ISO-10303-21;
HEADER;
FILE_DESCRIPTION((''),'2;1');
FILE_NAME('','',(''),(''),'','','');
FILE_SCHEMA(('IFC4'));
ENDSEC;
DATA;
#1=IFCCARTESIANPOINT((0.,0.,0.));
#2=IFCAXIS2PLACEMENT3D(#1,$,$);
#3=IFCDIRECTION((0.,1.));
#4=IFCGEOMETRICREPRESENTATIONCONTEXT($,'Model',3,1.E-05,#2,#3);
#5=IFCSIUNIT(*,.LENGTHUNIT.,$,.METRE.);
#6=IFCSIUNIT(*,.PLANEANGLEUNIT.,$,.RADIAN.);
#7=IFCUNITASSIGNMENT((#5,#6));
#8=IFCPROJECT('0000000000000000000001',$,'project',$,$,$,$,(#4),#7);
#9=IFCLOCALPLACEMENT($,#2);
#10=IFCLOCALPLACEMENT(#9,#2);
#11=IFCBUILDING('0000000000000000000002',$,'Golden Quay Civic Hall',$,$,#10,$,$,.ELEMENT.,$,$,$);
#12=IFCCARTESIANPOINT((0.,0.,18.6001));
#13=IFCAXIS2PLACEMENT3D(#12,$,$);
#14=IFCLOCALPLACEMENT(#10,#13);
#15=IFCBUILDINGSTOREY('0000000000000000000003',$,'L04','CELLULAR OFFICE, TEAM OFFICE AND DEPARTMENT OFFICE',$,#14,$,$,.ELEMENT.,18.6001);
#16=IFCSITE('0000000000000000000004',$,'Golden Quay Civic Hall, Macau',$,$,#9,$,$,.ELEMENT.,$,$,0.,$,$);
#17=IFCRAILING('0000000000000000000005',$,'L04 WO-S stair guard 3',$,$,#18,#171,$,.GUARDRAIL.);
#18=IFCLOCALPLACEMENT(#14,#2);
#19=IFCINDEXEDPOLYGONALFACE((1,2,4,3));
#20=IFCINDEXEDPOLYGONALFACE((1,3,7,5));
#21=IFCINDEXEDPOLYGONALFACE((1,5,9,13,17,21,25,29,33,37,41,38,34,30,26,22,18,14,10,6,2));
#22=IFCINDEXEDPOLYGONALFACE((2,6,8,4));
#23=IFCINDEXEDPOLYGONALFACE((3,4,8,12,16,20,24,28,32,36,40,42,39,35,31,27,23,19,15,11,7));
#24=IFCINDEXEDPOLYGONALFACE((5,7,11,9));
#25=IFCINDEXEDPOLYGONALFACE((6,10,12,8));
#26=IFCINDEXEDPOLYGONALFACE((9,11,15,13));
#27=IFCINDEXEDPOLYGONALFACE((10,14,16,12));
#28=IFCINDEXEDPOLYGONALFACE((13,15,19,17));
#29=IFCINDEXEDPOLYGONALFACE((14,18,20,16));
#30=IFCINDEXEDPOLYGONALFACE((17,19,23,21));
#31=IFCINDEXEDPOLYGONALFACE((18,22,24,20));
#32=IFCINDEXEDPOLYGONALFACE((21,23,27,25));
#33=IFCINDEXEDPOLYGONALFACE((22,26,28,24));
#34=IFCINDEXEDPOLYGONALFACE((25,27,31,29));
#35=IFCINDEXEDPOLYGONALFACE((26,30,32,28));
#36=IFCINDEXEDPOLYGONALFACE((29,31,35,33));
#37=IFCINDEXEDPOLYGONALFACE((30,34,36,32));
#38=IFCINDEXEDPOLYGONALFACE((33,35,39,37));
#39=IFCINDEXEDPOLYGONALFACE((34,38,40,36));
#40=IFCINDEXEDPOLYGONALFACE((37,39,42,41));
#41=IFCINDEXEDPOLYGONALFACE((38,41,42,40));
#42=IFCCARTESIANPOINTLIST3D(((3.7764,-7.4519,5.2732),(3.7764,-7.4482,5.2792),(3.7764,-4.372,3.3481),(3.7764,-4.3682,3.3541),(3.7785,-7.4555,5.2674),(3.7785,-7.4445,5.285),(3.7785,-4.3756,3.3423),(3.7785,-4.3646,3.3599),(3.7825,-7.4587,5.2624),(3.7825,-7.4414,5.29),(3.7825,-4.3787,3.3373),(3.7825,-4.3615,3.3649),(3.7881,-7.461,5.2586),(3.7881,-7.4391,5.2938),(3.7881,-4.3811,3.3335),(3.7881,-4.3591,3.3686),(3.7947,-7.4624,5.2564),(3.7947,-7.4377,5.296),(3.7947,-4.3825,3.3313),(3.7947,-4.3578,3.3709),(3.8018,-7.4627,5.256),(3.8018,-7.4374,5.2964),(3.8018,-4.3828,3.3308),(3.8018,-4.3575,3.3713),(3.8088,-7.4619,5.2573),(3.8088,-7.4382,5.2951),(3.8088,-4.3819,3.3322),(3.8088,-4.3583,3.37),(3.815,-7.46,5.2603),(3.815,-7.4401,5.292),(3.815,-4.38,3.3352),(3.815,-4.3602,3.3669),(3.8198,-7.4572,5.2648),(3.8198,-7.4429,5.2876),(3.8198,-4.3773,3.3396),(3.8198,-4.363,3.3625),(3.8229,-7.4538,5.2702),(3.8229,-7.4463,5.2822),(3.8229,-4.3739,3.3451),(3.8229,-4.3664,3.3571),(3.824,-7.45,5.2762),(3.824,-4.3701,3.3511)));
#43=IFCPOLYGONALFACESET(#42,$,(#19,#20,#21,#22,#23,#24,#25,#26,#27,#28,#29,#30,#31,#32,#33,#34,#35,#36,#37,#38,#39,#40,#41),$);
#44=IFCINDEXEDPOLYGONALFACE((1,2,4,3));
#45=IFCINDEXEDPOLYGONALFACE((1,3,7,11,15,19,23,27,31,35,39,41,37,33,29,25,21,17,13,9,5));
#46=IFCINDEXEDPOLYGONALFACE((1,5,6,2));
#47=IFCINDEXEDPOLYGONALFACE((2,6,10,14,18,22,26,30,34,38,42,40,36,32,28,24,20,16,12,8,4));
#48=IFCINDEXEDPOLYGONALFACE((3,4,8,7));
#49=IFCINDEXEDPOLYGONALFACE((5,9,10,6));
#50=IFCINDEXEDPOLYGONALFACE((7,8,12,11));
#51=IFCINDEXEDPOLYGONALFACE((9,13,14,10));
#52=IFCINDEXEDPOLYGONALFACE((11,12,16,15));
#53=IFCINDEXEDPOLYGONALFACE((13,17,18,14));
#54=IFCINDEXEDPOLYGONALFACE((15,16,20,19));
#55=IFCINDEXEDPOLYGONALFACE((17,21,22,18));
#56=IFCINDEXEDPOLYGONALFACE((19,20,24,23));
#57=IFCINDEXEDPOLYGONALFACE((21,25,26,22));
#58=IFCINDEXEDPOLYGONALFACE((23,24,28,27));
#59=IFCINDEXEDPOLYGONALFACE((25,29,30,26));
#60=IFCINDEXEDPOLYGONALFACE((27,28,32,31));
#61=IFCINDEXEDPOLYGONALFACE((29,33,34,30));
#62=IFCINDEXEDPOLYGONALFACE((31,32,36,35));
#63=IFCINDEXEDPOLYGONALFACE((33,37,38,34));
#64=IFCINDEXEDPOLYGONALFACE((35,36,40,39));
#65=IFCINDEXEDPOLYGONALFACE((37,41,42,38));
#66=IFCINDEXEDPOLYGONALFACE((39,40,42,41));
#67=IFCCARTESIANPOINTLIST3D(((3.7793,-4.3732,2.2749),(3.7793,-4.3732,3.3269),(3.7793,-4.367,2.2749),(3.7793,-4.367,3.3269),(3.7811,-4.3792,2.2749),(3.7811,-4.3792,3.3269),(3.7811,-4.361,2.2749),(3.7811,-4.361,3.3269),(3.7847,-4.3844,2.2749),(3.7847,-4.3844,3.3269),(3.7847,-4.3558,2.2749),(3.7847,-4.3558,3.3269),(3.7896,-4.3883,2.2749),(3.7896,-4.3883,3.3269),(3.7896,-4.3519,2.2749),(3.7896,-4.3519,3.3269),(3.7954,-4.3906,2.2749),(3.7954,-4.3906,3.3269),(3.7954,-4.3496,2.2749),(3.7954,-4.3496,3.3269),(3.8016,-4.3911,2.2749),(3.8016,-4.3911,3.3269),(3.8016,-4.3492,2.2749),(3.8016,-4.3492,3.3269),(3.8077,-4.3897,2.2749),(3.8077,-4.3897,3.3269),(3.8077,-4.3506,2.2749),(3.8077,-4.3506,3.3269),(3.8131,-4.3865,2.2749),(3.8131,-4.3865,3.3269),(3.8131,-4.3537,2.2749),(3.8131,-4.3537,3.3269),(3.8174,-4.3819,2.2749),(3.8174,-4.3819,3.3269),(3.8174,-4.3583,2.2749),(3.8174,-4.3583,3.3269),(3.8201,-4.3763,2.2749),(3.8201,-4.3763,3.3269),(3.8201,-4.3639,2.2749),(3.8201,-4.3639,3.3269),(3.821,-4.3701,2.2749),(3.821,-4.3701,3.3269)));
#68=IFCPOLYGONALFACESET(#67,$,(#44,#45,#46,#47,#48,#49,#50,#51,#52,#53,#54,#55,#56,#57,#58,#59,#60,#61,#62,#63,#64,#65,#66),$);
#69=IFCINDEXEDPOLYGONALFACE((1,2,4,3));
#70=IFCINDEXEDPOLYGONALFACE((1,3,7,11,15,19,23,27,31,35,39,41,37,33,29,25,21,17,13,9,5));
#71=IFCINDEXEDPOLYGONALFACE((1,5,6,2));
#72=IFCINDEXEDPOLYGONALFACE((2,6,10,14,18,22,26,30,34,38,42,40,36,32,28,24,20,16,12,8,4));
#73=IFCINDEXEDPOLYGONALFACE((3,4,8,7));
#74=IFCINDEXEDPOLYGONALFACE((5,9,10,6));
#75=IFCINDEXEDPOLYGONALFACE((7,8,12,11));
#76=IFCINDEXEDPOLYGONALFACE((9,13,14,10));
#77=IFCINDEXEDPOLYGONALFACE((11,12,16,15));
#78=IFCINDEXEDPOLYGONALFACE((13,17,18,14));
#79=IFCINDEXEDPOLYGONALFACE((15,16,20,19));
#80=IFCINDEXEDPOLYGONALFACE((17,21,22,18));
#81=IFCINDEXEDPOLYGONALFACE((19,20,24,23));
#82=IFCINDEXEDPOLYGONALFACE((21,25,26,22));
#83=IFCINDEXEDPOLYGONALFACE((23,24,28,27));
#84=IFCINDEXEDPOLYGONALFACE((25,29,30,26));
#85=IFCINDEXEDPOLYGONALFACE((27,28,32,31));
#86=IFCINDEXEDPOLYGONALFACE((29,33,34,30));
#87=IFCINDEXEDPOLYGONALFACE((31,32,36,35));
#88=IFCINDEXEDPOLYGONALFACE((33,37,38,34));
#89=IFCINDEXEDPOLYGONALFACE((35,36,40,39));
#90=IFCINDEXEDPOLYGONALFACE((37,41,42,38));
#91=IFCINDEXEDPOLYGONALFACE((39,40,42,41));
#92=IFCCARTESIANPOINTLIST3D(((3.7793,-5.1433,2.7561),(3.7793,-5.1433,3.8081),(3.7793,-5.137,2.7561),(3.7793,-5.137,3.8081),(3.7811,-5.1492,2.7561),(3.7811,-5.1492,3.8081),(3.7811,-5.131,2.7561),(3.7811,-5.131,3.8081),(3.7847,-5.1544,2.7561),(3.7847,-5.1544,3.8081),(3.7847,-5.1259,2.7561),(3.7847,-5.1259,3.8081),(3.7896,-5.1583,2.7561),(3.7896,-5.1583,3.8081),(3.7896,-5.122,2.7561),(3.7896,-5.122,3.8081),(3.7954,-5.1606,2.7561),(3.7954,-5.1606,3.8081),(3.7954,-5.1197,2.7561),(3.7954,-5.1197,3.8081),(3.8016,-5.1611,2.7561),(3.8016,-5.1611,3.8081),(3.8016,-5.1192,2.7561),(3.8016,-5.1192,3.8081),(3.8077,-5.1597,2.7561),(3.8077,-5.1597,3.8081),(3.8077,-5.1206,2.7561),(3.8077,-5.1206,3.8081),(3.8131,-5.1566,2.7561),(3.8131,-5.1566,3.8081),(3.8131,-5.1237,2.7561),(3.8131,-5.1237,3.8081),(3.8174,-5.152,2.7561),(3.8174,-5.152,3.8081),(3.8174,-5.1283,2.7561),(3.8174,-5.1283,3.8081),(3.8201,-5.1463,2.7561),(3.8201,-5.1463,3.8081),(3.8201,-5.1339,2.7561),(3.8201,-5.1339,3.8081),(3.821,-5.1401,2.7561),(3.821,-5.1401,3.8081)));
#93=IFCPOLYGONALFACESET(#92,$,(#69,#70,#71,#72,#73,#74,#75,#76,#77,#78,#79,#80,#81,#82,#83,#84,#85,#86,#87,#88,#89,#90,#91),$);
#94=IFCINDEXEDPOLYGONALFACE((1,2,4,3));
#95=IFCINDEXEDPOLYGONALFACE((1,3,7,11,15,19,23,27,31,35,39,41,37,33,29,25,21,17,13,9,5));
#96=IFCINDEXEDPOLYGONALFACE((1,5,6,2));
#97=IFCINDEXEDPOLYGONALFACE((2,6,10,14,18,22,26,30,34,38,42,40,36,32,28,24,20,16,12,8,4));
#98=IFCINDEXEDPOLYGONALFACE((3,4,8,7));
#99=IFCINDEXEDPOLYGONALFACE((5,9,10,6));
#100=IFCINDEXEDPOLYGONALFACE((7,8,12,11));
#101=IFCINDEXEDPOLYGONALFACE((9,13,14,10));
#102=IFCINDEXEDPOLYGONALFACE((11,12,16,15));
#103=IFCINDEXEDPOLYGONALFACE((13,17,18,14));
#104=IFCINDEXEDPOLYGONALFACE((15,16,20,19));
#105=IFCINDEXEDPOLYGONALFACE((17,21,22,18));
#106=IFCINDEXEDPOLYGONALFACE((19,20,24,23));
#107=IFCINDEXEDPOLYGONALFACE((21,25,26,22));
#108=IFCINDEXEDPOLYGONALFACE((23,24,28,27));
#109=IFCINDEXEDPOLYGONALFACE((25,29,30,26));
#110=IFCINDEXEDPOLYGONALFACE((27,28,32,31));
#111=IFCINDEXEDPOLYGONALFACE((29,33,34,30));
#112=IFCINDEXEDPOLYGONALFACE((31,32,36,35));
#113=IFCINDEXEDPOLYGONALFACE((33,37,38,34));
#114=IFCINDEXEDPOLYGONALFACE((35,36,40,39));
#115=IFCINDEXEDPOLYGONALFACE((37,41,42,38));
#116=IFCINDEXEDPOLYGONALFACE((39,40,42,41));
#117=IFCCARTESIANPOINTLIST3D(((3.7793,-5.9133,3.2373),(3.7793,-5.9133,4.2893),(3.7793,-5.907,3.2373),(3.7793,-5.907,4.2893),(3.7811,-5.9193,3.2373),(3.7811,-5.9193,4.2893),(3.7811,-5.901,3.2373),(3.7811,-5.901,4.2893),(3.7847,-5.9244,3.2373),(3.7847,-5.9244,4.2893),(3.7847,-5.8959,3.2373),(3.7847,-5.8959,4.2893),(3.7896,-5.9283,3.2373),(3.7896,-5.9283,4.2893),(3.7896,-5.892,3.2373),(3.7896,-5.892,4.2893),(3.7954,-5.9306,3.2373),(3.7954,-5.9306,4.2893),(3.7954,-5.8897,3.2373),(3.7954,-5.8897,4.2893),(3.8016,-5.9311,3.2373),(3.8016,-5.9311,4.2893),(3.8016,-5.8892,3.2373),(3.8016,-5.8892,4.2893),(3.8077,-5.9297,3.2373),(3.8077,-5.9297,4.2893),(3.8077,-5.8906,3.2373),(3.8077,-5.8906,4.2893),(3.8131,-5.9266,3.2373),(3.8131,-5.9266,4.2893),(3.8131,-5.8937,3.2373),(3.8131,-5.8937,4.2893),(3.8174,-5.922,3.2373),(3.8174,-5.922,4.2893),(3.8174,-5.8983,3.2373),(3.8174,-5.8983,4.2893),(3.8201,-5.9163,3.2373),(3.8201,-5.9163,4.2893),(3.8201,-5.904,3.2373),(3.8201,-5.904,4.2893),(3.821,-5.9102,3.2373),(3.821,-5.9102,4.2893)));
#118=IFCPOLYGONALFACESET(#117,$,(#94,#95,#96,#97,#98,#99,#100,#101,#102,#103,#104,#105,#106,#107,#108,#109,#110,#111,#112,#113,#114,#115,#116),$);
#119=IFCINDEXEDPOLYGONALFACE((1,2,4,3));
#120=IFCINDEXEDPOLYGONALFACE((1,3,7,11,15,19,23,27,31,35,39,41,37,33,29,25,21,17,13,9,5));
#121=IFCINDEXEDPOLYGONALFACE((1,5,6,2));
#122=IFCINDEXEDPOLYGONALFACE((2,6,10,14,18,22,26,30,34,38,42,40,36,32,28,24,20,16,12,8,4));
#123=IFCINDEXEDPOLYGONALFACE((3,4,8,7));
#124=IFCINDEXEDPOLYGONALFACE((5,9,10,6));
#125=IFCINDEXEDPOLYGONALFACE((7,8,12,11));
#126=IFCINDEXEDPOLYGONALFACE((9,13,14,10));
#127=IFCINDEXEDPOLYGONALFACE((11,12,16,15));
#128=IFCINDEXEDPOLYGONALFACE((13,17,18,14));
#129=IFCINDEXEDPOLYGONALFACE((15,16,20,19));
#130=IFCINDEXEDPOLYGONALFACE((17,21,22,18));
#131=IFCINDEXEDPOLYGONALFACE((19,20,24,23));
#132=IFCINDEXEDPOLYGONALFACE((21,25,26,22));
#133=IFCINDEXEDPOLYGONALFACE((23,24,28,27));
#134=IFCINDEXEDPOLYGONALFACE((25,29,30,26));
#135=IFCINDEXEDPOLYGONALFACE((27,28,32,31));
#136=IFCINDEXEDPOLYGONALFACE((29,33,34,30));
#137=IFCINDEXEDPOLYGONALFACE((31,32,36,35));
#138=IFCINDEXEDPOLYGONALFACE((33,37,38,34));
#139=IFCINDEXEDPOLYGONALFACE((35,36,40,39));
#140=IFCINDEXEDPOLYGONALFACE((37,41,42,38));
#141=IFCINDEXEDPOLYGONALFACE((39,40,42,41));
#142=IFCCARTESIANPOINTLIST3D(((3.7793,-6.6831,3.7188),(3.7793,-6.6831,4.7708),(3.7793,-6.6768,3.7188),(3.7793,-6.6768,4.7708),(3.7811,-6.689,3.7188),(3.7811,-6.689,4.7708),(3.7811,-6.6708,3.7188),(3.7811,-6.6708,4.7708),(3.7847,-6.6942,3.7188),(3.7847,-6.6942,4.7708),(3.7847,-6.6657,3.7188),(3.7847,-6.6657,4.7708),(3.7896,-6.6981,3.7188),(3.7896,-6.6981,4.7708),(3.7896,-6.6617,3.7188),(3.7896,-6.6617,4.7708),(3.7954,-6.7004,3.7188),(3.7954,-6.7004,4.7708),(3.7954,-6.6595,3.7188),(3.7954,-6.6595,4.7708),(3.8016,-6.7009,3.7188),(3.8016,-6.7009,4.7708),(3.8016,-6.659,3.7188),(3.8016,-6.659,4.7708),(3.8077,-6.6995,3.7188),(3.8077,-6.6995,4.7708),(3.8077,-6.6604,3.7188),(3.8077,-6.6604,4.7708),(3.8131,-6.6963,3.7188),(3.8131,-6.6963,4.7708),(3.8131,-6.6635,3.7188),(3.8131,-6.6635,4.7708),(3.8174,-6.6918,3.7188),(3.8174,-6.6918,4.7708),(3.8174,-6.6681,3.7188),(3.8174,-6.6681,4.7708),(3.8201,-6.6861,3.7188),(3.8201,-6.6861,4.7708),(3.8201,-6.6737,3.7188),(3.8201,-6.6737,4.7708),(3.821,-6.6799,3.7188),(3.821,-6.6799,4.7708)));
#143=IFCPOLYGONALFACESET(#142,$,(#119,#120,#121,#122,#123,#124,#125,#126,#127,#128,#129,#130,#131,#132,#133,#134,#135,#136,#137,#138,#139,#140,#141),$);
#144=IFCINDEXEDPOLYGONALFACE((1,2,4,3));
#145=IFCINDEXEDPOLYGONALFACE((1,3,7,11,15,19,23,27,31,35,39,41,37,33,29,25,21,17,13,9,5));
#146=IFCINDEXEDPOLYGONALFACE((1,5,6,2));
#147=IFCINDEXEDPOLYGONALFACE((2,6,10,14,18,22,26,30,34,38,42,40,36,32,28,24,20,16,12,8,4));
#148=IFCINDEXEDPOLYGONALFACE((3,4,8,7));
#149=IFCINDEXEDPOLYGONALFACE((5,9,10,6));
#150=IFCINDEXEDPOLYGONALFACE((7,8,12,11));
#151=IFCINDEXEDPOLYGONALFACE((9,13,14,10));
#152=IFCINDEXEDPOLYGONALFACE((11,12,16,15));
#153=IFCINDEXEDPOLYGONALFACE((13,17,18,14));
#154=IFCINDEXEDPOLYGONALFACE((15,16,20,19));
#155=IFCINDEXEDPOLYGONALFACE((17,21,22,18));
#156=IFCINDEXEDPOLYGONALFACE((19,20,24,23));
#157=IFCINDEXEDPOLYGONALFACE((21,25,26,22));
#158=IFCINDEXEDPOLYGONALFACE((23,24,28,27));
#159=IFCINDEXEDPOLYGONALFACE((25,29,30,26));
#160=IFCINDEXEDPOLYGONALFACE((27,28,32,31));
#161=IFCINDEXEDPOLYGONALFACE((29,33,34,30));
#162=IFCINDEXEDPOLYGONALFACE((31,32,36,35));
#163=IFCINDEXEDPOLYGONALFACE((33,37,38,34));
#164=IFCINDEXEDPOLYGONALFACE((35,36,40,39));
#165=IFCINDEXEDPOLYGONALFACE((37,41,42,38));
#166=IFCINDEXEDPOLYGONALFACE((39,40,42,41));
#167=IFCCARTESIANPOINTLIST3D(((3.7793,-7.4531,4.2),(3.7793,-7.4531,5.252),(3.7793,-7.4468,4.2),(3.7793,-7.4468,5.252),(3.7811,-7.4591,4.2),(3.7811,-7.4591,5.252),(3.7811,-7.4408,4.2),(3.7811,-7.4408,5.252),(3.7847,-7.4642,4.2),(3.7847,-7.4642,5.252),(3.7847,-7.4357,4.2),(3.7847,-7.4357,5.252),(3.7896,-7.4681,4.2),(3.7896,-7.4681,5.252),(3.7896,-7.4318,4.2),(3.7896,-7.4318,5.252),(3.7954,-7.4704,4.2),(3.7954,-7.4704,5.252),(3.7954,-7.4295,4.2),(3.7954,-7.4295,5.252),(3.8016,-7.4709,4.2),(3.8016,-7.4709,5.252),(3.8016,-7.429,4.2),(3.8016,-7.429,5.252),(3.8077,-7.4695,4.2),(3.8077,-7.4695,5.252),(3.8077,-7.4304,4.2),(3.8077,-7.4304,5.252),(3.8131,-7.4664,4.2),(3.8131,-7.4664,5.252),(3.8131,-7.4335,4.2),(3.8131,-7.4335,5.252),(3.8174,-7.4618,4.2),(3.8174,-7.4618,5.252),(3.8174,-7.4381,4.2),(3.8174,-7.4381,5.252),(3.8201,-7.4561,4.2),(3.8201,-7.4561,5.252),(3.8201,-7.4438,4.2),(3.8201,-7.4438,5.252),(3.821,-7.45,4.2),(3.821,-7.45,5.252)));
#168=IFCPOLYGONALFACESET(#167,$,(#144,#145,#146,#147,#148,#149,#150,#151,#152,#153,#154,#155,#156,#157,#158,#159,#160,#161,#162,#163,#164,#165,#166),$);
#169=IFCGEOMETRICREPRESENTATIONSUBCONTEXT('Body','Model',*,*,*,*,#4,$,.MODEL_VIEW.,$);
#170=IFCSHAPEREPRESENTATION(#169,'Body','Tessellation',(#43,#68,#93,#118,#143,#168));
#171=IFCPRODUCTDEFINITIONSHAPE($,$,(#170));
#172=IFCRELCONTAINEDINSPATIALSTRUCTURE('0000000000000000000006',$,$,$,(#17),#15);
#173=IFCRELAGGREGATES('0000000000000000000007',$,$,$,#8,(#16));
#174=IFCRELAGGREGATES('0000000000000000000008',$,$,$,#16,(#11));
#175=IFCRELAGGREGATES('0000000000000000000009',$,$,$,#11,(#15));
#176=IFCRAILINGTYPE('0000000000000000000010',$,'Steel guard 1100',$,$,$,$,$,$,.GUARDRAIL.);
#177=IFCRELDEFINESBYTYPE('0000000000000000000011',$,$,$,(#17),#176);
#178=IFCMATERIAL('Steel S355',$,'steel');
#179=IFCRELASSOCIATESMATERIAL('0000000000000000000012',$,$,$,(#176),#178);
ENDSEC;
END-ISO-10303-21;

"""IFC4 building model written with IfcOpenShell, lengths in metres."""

from ifc_helpers import new_model, si_unit, direction, frame, origin, origin_2d, place, context, subcontext, project, spatial, circle, extrude, material, type_object, element, save


model = new_model("IFC4")

# Units and contexts
model_context = context("Model", 3, precision=1e-05, world=origin(), true_north=direction((0.0, 1.0)))
body_context = subcontext(model_context, "Body", "Model", "MODEL_VIEW")
ifc_project = project(units=[si_unit("LENGTHUNIT", "METRE"), si_unit("PLANEANGLEUNIT", "RADIAN")], contexts=[model_context])

# Site, building, storey
site_placement = place(None, origin())
site = spatial("IfcSite", under=ifc_project, at=site_placement, Name="Golden Quay Civic Hall, Macau", CompositionType="ELEMENT", RefElevation=0.0)
building_placement = place(site_placement, origin())
building = spatial("IfcBuilding", under=site, at=building_placement, Name="Golden Quay Civic Hall", CompositionType="ELEMENT")
storey_placement = place(building_placement, frame((0.0, 0.0, 18.6001)))
storey = spatial("IfcBuildingStorey", under=building, at=storey_placement, Name="L04", Description="CELLULAR OFFICE, TEAM OFFICE AND DEPARTMENT OFFICE", CompositionType="ELEMENT", Elevation=18.6001)

# Railing
ifc_material_1 = material(Name="Steel S355", Category="steel")
railing_type_1 = type_object("IfcRailingType", Name="Steel guard 1100", PredefinedType="GUARDRAIL", material=ifc_material_1)
railing_1_placement = place(storey_placement, frame((3.8, -4.3701, 2.2749)))
element("IfcRailing", 1, at=railing_1_placement, inside=storey, type_object=railing_type_1, Name="L04 WO-S stair guard 3", PredefinedType="GUARDRAIL", context=body_context, shape_type="SweptSolid", body=[
    extrude(circle(Radius=0.0239, at=origin_2d()), frame((0.0, 0.0, 1.0762), z_axis=(0.0, -0.847979, 0.530029), x_axis=(1.0, 0.0, 0.0)), (0.0, 0.0, 1.0), 3.6321),
    extrude(circle(Radius=0.021, at=origin_2d()), origin(), (0.0, 0.0, 1.0), 1.052),
    extrude(circle(Radius=0.021, at=origin_2d()), frame((0.0, -0.77, 0.4812)), (0.0, 0.0, 1.0), 1.052),
    extrude(circle(Radius=0.021, at=origin_2d()), frame((0.0, -1.54, 0.9624)), (0.0, 0.0, 1.0), 1.052),
    extrude(circle(Radius=0.021, at=origin_2d()), frame((0.0, -2.3098, 1.4438)), (0.0, 0.0, 1.0), 1.052),
    extrude(circle(Radius=0.021, at=origin_2d()), frame((0.0, -3.0798, 1.925)), (0.0, 0.0, 1.0), 1.052),
])

save(model, "model.ifc")
